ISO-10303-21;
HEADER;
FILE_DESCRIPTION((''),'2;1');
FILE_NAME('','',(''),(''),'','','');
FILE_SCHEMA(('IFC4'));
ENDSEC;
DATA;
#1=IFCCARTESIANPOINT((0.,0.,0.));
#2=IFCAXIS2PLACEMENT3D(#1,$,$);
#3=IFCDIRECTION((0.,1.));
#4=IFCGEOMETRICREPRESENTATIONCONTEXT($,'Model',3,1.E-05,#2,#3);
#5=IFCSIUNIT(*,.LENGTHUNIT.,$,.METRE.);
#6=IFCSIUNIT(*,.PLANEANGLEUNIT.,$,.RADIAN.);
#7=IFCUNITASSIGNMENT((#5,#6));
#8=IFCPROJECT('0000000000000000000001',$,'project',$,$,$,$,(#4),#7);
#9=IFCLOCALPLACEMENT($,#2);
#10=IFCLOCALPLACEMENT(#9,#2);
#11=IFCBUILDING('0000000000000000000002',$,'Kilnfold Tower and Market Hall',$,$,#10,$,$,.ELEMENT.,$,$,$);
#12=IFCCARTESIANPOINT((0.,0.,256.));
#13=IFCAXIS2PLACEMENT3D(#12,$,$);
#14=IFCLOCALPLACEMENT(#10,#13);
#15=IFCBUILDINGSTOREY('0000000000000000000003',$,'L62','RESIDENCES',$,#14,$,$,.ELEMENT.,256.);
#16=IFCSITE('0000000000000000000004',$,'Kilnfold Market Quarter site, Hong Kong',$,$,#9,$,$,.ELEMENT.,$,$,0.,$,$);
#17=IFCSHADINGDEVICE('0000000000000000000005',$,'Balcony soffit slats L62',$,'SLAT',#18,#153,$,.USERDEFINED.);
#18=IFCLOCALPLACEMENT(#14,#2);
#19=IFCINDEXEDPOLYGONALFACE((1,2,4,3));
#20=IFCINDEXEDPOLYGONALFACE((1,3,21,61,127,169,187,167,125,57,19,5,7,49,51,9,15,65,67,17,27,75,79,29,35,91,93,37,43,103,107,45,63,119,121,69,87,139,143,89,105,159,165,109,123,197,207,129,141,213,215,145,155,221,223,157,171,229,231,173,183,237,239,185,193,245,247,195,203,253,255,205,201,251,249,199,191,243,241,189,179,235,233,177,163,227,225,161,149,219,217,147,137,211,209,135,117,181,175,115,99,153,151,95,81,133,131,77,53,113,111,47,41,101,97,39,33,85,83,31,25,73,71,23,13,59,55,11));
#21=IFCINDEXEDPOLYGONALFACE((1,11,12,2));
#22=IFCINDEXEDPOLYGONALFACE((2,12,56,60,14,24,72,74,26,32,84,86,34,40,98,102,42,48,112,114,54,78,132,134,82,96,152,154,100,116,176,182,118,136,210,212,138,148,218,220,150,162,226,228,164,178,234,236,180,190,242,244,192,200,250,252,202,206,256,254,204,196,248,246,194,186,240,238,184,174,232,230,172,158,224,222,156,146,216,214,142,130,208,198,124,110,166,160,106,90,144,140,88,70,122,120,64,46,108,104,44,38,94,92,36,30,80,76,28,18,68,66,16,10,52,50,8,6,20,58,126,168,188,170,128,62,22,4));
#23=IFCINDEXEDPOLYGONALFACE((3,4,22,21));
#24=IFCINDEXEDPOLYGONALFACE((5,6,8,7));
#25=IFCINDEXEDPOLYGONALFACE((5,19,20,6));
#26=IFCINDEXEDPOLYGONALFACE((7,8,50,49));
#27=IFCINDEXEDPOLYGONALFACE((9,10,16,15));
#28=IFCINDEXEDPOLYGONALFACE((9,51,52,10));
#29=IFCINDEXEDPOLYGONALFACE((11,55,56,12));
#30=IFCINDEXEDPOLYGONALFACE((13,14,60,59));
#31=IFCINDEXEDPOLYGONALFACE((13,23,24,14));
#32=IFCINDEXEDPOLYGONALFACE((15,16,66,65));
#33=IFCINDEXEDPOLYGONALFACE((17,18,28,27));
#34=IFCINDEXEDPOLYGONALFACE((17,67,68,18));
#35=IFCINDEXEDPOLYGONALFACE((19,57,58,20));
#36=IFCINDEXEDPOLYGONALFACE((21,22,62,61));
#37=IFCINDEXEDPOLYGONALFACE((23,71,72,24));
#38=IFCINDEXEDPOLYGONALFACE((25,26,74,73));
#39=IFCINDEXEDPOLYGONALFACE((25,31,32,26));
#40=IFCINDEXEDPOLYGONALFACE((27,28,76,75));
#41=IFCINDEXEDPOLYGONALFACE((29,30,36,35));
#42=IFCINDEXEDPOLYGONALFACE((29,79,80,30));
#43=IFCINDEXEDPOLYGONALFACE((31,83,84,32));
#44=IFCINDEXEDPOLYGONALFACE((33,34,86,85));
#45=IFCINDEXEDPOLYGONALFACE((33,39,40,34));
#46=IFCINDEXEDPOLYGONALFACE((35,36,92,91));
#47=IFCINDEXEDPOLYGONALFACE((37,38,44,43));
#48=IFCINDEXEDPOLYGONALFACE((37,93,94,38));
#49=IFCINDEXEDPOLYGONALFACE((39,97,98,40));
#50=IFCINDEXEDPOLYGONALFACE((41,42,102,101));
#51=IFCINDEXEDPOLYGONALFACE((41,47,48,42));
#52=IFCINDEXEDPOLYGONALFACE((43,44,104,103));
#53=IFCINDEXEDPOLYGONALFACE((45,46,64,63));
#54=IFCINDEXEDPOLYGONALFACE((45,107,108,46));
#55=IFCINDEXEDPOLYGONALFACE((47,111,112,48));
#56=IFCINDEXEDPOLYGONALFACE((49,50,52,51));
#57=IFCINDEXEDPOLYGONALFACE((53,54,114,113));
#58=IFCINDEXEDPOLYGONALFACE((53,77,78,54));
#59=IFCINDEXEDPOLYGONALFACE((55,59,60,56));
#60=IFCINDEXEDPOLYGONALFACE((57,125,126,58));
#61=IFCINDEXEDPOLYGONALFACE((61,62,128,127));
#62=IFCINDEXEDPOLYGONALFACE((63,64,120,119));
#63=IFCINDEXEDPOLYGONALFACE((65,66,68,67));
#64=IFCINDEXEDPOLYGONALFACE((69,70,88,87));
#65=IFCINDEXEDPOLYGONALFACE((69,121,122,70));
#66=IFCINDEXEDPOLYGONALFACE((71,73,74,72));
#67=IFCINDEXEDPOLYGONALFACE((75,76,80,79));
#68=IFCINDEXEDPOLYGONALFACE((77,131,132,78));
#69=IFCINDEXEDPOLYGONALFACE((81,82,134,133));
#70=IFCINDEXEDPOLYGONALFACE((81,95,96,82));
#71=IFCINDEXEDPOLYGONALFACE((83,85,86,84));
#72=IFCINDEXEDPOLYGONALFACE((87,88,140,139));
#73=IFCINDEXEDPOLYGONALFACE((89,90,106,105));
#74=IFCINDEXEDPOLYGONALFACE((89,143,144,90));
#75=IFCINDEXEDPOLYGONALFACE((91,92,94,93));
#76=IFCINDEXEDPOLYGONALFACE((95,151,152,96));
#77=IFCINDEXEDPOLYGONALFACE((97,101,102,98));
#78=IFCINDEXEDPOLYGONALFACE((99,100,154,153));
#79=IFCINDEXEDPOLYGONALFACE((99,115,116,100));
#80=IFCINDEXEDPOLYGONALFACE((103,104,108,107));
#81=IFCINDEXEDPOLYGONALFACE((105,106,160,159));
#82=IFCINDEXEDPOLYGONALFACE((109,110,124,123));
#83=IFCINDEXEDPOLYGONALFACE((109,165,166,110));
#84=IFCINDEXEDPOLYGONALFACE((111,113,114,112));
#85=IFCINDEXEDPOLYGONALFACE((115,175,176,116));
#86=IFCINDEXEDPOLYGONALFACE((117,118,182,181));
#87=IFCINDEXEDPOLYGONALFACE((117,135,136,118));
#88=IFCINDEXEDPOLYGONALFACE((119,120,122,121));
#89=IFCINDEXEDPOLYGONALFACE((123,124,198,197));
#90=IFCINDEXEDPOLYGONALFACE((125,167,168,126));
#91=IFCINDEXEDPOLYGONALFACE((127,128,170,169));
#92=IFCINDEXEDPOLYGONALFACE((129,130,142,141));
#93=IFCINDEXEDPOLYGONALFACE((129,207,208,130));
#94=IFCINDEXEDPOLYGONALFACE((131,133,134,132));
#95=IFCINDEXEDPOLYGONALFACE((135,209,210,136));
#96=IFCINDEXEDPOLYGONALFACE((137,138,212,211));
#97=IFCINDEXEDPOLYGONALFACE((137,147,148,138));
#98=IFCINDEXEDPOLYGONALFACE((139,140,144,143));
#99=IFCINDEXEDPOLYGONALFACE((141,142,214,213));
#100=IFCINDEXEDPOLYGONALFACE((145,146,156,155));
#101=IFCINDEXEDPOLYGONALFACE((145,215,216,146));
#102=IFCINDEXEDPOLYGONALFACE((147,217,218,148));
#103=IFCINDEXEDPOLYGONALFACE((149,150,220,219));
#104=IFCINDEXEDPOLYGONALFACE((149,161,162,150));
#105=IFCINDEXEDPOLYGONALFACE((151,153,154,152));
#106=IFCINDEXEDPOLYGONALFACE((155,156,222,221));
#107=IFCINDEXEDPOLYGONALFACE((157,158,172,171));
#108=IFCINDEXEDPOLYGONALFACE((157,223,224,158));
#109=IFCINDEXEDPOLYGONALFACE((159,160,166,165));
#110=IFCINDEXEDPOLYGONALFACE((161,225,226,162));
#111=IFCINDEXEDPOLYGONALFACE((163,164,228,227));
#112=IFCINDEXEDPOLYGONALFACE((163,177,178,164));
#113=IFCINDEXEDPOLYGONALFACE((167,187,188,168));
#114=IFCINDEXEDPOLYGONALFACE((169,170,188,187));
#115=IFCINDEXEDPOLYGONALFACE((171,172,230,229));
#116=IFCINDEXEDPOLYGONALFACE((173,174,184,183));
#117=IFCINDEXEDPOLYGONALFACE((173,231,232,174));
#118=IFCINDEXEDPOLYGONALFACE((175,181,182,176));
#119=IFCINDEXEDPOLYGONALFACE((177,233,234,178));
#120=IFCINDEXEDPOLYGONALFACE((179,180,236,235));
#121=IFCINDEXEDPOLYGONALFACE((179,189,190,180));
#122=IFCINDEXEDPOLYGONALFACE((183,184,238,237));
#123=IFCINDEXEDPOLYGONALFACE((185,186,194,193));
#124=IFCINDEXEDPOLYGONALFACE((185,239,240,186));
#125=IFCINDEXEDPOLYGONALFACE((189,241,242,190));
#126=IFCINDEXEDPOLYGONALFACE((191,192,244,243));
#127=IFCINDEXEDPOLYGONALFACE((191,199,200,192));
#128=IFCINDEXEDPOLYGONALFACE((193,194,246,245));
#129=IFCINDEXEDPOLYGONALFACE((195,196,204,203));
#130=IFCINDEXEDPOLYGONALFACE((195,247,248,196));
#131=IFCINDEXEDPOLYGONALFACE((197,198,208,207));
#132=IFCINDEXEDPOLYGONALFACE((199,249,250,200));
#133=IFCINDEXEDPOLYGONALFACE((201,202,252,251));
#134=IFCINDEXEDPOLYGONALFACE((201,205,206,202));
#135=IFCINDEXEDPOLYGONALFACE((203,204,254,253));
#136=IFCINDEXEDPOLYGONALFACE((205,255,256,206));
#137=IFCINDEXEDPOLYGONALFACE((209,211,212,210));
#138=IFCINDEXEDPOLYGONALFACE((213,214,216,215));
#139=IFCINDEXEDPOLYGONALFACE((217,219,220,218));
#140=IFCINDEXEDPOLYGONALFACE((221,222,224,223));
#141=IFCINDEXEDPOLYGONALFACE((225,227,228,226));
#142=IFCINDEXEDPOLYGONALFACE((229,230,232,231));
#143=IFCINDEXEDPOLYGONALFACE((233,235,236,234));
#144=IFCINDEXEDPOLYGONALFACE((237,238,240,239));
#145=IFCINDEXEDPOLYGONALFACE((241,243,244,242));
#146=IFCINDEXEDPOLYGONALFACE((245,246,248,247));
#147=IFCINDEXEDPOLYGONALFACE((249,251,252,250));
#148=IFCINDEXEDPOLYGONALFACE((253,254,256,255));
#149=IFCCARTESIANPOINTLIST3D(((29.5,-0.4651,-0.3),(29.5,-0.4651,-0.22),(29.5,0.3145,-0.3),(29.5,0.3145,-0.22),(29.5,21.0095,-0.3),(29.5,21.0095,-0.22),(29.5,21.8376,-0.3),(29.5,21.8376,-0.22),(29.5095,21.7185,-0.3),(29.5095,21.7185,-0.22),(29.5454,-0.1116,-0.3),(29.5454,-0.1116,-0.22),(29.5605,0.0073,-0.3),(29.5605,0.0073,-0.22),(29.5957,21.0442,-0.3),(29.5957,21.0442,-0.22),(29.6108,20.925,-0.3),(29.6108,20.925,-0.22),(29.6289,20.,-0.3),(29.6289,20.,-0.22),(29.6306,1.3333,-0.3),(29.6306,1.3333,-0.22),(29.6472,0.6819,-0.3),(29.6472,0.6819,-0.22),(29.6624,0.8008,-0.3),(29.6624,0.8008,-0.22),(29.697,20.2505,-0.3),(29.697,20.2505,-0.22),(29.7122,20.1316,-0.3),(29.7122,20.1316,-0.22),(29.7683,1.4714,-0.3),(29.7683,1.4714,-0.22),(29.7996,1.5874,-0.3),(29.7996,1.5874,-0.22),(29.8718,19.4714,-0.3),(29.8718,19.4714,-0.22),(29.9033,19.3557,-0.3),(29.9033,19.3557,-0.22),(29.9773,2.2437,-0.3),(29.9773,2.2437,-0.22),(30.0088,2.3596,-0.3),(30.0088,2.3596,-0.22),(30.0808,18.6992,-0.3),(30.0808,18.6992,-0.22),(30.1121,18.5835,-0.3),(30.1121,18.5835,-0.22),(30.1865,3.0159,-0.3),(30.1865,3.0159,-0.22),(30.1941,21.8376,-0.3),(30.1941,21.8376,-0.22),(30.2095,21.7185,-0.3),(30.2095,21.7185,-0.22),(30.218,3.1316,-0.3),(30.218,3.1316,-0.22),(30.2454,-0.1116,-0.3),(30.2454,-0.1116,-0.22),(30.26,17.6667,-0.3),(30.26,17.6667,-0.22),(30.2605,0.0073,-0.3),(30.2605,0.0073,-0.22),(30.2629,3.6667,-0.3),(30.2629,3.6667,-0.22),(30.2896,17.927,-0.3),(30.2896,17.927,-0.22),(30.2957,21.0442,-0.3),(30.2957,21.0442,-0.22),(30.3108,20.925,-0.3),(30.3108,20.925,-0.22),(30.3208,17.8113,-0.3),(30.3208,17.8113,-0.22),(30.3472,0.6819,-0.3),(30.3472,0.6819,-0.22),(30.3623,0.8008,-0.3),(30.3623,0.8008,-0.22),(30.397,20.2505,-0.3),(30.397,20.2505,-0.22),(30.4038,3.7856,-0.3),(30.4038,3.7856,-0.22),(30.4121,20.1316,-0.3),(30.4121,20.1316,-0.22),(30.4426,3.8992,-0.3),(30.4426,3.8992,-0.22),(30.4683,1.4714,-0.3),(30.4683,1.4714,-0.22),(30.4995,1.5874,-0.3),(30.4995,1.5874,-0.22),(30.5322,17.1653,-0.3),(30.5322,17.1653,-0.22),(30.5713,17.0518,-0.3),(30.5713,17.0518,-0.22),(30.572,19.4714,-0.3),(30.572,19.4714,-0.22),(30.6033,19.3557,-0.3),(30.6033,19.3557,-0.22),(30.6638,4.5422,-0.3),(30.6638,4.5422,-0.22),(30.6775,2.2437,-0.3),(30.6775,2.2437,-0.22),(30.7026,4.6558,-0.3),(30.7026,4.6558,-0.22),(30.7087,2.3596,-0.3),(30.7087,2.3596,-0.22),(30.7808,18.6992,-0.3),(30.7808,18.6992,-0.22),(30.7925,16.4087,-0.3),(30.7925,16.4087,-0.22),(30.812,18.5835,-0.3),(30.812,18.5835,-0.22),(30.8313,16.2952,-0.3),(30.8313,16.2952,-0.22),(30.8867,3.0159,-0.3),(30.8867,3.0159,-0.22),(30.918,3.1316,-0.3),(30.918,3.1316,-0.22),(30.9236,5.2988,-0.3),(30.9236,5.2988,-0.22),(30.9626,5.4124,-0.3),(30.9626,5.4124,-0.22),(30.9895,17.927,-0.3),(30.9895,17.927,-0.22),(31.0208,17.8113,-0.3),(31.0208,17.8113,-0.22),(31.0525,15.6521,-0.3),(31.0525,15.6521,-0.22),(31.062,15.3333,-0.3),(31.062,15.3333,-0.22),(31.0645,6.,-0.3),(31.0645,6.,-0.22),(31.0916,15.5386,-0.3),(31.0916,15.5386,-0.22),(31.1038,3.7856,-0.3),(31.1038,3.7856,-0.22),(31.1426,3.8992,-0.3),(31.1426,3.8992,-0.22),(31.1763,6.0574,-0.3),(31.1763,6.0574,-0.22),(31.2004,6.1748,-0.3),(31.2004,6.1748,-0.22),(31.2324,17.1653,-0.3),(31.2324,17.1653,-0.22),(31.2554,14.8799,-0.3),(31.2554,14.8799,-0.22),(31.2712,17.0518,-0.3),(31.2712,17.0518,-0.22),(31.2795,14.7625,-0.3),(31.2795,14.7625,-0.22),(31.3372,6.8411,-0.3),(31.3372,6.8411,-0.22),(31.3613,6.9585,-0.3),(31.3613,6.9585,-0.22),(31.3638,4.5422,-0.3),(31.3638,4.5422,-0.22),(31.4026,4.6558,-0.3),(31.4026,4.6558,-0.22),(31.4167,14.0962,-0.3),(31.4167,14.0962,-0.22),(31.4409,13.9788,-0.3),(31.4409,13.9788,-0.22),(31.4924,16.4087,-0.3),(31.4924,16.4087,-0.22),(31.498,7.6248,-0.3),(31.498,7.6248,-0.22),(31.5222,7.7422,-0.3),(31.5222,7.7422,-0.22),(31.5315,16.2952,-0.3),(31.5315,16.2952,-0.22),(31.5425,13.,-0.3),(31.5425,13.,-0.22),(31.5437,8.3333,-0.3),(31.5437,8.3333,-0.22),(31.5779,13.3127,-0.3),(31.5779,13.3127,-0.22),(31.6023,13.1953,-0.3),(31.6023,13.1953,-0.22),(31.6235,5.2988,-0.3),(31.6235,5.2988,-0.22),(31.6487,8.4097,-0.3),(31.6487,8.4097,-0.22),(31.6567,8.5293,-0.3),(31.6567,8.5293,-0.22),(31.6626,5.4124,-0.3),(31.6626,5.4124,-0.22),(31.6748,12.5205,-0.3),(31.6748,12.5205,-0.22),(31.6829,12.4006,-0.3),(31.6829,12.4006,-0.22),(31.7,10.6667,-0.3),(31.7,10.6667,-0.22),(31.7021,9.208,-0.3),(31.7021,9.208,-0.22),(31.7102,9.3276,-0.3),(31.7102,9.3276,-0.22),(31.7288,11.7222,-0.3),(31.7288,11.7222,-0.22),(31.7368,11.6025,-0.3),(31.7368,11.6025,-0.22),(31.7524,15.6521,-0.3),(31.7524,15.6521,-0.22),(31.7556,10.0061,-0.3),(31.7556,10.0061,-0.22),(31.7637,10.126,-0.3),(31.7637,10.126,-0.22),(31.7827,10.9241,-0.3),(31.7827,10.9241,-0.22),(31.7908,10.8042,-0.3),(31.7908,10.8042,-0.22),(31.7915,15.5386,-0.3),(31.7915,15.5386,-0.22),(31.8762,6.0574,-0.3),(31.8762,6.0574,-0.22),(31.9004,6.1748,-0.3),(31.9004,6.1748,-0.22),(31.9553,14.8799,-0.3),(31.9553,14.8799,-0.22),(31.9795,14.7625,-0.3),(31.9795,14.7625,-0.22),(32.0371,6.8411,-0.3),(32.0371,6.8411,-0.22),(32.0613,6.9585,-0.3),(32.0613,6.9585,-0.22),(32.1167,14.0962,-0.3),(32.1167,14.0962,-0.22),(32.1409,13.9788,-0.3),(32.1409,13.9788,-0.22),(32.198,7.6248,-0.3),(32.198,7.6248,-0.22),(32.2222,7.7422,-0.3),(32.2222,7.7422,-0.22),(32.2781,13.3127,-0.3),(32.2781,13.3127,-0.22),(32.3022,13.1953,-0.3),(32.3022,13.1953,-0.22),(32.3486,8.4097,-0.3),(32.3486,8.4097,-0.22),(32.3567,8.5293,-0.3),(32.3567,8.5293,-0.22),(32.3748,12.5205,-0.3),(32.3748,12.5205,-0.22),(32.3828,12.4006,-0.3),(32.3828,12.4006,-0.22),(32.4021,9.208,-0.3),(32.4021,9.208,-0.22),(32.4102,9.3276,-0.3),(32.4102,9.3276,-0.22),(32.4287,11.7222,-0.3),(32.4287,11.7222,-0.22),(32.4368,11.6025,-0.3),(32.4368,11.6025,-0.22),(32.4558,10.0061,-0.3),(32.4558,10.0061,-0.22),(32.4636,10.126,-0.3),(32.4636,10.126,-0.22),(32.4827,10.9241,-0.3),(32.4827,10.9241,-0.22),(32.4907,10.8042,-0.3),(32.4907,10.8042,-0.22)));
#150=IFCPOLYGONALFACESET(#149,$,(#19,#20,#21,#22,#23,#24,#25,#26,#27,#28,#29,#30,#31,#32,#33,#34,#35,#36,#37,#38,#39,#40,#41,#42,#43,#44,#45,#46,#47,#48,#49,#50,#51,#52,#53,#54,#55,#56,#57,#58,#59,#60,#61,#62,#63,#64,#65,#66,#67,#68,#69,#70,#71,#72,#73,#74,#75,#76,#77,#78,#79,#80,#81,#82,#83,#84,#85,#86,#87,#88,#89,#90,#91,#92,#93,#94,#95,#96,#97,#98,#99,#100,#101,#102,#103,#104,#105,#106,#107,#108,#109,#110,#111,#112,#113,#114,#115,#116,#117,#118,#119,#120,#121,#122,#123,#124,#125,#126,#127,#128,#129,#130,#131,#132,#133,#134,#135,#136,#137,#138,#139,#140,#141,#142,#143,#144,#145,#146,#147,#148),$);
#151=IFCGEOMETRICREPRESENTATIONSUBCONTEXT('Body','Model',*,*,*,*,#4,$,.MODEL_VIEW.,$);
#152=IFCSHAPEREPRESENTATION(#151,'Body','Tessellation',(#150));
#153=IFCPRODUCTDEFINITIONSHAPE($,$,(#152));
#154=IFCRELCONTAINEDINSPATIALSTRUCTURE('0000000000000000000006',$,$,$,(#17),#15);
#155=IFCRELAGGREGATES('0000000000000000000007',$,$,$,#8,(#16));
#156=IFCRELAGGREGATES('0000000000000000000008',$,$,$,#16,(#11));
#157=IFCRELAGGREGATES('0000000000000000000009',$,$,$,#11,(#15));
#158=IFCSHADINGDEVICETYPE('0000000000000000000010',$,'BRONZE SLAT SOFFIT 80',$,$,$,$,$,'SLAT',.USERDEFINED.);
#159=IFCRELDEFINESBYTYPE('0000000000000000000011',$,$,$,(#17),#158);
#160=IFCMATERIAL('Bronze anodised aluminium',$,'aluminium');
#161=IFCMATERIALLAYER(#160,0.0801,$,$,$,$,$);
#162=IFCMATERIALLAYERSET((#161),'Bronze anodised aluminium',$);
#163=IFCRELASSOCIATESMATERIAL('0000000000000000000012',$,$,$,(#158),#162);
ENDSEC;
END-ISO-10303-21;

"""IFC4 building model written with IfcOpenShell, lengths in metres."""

from ifc_helpers import new_model, si_unit, direction, frame, origin, place, context, subcontext, project, spatial, polyline, outline, extrude, source, transform, mapped, material, layer, layer_set, type_object, element, save


model = new_model("IFC4")

# Units and contexts
model_context = context("Model", 3, precision=1e-05, world=origin(), true_north=direction((0.0, 1.0)))
body_context = subcontext(model_context, "Body", "Model", "MODEL_VIEW")
ifc_project = project(units=[si_unit("LENGTHUNIT", "METRE"), si_unit("PLANEANGLEUNIT", "RADIAN")], contexts=[model_context])

# Site, building, storey
site_placement = place(None, origin())
site = spatial("IfcSite", under=ifc_project, at=site_placement, Name="Kilnfold Market Quarter site, Hong Kong", CompositionType="ELEMENT", RefElevation=0.0)
building_placement = place(site_placement, origin())
building = spatial("IfcBuilding", under=site, at=building_placement, Name="Kilnfold Tower and Market Hall", CompositionType="ELEMENT")
storey_placement = place(building_placement, frame((0.0, 0.0, 256.0)))
storey = spatial("IfcBuildingStorey", under=building, at=storey_placement, Name="L62", Description="RESIDENCES", CompositionType="ELEMENT", Elevation=256.0)

# Shading device
ifc_material_1 = material(Name="Bronze anodised aluminium", Category="aluminium")
ifc_layer_1 = layer(ifc_material_1, 0.0801)
ifc_layer_set_1 = layer_set([ifc_layer_1], Name="Bronze anodised aluminium")
shading_device_type_1 = type_object("IfcShadingDeviceType", Name="BRONZE SLAT SOFFIT 80", ElementType="SLAT", PredefinedType="USERDEFINED", material=ifc_layer_set_1)
shared_shape_1 = source(origin(), body_context, "Body", "SweptSolid", [
    extrude(outline(polyline([(29.6306, 1.3333), (30.2629, 3.6667), (31.0645, 6.0), (31.5437, 8.3333), (31.7, 10.6667), (31.5425, 13.0), (31.062, 15.3333), (30.26, 17.6667), (29.6289, 20.0), (29.5, 21.0095), (29.5, 21.8376), (30.1941, 21.8376), (30.2095, 21.7185), (29.5095, 21.7185), (29.5957, 21.0442), (30.2957, 21.0442), (30.3108, 20.925), (29.6108, 20.925), (29.697, 20.2505), (30.397, 20.2505), (30.4121, 20.1316), (29.7122, 20.1316), (29.8718, 19.4714), (30.572, 19.4714), (30.6033, 19.3557), (29.9033, 19.3557), (30.0808, 18.6992), (30.7808, 18.6992), (30.812, 18.5835), (30.1121, 18.5835), (30.2896, 17.927), (30.9895, 17.927), (31.0208, 17.8113), (30.3208, 17.8113), (30.5322, 17.1653), (31.2324, 17.1653), (31.2712, 17.0518), (30.5713, 17.0518), (30.7925, 16.4087), (31.4924, 16.4087), (31.5315, 16.2952), (30.8313, 16.2952), (31.0525, 15.6521), (31.7524, 15.6521), (31.7915, 15.5386), (31.0916, 15.5386), (31.2554, 14.8799), (31.9553, 14.8799), (31.9795, 14.7625), (31.2795, 14.7625), (31.4167, 14.0962), (32.1167, 14.0962), (32.1409, 13.9788), (31.4409, 13.9788), (31.5779, 13.3127), (32.2781, 13.3127), (32.3022, 13.1953), (31.6023, 13.1953), (31.6748, 12.5205), (32.3748, 12.5205), (32.3828, 12.4006), (31.6829, 12.4006), (31.7288, 11.7222), (32.4287, 11.7222), (32.4368, 11.6025), (31.7368, 11.6025), (31.7827, 10.9241), (32.4827, 10.9241), (32.4907, 10.8042), (31.7908, 10.8042), (31.7637, 10.126), (32.4636, 10.126), (32.4558, 10.0061), (31.7556, 10.0061), (31.7102, 9.3276), (32.4102, 9.3276), (32.4021, 9.208), (31.7021, 9.208), (31.6567, 8.5293), (32.3567, 8.5293), (32.3486, 8.4097), (31.6487, 8.4097), (31.5222, 7.7422), (32.2222, 7.7422), (32.198, 7.6248), (31.498, 7.6248), (31.3613, 6.9585), (32.0613, 6.9585), (32.0371, 6.8411), (31.3372, 6.8411), (31.2004, 6.1748), (31.9004, 6.1748), (31.8762, 6.0574), (31.1763, 6.0574), (30.9626, 5.4124), (31.6626, 5.4124), (31.6235, 5.2988), (30.9236, 5.2988), (30.7026, 4.6558), (31.4026, 4.6558), (31.3638, 4.5422), (30.6638, 4.5422), (30.4426, 3.8992), (31.1426, 3.8992), (31.1038, 3.7856), (30.4038, 3.7856), (30.218, 3.1316), (30.918, 3.1316), (30.8867, 3.0159), (30.1865, 3.0159), (30.0088, 2.3596), (30.7087, 2.3596), (30.6775, 2.2437), (29.9773, 2.2437), (29.7996, 1.5874), (30.4995, 1.5874), (30.4683, 1.4714), (29.7683, 1.4714), (29.6624, 0.8008), (30.3623, 0.8008), (30.3472, 0.6819), (29.6472, 0.6819), (29.5605, 0.0073), (30.2605, 0.0073), (30.2454, -0.1116), (29.5454, -0.1116), (29.5, -0.4651), (29.5, 0.3145), (29.6306, 1.3333)])), origin(), (0.0, 0.0, 1.0), 0.0801),
])
shading_device_1_placement = place(storey_placement, frame((0.0, 0.0, -0.3)))
element("IfcShadingDevice", 1, at=shading_device_1_placement, inside=storey, type_object=shading_device_type_1, Name="Balcony soffit slats L62", ObjectType="SLAT", PredefinedType="USERDEFINED", context=body_context, shape_type="MappedRepresentation", body=[
    mapped(shared_shape_1, transform((0.0, 0.0, 0.0))),
])

save(model, "model.ifc")
